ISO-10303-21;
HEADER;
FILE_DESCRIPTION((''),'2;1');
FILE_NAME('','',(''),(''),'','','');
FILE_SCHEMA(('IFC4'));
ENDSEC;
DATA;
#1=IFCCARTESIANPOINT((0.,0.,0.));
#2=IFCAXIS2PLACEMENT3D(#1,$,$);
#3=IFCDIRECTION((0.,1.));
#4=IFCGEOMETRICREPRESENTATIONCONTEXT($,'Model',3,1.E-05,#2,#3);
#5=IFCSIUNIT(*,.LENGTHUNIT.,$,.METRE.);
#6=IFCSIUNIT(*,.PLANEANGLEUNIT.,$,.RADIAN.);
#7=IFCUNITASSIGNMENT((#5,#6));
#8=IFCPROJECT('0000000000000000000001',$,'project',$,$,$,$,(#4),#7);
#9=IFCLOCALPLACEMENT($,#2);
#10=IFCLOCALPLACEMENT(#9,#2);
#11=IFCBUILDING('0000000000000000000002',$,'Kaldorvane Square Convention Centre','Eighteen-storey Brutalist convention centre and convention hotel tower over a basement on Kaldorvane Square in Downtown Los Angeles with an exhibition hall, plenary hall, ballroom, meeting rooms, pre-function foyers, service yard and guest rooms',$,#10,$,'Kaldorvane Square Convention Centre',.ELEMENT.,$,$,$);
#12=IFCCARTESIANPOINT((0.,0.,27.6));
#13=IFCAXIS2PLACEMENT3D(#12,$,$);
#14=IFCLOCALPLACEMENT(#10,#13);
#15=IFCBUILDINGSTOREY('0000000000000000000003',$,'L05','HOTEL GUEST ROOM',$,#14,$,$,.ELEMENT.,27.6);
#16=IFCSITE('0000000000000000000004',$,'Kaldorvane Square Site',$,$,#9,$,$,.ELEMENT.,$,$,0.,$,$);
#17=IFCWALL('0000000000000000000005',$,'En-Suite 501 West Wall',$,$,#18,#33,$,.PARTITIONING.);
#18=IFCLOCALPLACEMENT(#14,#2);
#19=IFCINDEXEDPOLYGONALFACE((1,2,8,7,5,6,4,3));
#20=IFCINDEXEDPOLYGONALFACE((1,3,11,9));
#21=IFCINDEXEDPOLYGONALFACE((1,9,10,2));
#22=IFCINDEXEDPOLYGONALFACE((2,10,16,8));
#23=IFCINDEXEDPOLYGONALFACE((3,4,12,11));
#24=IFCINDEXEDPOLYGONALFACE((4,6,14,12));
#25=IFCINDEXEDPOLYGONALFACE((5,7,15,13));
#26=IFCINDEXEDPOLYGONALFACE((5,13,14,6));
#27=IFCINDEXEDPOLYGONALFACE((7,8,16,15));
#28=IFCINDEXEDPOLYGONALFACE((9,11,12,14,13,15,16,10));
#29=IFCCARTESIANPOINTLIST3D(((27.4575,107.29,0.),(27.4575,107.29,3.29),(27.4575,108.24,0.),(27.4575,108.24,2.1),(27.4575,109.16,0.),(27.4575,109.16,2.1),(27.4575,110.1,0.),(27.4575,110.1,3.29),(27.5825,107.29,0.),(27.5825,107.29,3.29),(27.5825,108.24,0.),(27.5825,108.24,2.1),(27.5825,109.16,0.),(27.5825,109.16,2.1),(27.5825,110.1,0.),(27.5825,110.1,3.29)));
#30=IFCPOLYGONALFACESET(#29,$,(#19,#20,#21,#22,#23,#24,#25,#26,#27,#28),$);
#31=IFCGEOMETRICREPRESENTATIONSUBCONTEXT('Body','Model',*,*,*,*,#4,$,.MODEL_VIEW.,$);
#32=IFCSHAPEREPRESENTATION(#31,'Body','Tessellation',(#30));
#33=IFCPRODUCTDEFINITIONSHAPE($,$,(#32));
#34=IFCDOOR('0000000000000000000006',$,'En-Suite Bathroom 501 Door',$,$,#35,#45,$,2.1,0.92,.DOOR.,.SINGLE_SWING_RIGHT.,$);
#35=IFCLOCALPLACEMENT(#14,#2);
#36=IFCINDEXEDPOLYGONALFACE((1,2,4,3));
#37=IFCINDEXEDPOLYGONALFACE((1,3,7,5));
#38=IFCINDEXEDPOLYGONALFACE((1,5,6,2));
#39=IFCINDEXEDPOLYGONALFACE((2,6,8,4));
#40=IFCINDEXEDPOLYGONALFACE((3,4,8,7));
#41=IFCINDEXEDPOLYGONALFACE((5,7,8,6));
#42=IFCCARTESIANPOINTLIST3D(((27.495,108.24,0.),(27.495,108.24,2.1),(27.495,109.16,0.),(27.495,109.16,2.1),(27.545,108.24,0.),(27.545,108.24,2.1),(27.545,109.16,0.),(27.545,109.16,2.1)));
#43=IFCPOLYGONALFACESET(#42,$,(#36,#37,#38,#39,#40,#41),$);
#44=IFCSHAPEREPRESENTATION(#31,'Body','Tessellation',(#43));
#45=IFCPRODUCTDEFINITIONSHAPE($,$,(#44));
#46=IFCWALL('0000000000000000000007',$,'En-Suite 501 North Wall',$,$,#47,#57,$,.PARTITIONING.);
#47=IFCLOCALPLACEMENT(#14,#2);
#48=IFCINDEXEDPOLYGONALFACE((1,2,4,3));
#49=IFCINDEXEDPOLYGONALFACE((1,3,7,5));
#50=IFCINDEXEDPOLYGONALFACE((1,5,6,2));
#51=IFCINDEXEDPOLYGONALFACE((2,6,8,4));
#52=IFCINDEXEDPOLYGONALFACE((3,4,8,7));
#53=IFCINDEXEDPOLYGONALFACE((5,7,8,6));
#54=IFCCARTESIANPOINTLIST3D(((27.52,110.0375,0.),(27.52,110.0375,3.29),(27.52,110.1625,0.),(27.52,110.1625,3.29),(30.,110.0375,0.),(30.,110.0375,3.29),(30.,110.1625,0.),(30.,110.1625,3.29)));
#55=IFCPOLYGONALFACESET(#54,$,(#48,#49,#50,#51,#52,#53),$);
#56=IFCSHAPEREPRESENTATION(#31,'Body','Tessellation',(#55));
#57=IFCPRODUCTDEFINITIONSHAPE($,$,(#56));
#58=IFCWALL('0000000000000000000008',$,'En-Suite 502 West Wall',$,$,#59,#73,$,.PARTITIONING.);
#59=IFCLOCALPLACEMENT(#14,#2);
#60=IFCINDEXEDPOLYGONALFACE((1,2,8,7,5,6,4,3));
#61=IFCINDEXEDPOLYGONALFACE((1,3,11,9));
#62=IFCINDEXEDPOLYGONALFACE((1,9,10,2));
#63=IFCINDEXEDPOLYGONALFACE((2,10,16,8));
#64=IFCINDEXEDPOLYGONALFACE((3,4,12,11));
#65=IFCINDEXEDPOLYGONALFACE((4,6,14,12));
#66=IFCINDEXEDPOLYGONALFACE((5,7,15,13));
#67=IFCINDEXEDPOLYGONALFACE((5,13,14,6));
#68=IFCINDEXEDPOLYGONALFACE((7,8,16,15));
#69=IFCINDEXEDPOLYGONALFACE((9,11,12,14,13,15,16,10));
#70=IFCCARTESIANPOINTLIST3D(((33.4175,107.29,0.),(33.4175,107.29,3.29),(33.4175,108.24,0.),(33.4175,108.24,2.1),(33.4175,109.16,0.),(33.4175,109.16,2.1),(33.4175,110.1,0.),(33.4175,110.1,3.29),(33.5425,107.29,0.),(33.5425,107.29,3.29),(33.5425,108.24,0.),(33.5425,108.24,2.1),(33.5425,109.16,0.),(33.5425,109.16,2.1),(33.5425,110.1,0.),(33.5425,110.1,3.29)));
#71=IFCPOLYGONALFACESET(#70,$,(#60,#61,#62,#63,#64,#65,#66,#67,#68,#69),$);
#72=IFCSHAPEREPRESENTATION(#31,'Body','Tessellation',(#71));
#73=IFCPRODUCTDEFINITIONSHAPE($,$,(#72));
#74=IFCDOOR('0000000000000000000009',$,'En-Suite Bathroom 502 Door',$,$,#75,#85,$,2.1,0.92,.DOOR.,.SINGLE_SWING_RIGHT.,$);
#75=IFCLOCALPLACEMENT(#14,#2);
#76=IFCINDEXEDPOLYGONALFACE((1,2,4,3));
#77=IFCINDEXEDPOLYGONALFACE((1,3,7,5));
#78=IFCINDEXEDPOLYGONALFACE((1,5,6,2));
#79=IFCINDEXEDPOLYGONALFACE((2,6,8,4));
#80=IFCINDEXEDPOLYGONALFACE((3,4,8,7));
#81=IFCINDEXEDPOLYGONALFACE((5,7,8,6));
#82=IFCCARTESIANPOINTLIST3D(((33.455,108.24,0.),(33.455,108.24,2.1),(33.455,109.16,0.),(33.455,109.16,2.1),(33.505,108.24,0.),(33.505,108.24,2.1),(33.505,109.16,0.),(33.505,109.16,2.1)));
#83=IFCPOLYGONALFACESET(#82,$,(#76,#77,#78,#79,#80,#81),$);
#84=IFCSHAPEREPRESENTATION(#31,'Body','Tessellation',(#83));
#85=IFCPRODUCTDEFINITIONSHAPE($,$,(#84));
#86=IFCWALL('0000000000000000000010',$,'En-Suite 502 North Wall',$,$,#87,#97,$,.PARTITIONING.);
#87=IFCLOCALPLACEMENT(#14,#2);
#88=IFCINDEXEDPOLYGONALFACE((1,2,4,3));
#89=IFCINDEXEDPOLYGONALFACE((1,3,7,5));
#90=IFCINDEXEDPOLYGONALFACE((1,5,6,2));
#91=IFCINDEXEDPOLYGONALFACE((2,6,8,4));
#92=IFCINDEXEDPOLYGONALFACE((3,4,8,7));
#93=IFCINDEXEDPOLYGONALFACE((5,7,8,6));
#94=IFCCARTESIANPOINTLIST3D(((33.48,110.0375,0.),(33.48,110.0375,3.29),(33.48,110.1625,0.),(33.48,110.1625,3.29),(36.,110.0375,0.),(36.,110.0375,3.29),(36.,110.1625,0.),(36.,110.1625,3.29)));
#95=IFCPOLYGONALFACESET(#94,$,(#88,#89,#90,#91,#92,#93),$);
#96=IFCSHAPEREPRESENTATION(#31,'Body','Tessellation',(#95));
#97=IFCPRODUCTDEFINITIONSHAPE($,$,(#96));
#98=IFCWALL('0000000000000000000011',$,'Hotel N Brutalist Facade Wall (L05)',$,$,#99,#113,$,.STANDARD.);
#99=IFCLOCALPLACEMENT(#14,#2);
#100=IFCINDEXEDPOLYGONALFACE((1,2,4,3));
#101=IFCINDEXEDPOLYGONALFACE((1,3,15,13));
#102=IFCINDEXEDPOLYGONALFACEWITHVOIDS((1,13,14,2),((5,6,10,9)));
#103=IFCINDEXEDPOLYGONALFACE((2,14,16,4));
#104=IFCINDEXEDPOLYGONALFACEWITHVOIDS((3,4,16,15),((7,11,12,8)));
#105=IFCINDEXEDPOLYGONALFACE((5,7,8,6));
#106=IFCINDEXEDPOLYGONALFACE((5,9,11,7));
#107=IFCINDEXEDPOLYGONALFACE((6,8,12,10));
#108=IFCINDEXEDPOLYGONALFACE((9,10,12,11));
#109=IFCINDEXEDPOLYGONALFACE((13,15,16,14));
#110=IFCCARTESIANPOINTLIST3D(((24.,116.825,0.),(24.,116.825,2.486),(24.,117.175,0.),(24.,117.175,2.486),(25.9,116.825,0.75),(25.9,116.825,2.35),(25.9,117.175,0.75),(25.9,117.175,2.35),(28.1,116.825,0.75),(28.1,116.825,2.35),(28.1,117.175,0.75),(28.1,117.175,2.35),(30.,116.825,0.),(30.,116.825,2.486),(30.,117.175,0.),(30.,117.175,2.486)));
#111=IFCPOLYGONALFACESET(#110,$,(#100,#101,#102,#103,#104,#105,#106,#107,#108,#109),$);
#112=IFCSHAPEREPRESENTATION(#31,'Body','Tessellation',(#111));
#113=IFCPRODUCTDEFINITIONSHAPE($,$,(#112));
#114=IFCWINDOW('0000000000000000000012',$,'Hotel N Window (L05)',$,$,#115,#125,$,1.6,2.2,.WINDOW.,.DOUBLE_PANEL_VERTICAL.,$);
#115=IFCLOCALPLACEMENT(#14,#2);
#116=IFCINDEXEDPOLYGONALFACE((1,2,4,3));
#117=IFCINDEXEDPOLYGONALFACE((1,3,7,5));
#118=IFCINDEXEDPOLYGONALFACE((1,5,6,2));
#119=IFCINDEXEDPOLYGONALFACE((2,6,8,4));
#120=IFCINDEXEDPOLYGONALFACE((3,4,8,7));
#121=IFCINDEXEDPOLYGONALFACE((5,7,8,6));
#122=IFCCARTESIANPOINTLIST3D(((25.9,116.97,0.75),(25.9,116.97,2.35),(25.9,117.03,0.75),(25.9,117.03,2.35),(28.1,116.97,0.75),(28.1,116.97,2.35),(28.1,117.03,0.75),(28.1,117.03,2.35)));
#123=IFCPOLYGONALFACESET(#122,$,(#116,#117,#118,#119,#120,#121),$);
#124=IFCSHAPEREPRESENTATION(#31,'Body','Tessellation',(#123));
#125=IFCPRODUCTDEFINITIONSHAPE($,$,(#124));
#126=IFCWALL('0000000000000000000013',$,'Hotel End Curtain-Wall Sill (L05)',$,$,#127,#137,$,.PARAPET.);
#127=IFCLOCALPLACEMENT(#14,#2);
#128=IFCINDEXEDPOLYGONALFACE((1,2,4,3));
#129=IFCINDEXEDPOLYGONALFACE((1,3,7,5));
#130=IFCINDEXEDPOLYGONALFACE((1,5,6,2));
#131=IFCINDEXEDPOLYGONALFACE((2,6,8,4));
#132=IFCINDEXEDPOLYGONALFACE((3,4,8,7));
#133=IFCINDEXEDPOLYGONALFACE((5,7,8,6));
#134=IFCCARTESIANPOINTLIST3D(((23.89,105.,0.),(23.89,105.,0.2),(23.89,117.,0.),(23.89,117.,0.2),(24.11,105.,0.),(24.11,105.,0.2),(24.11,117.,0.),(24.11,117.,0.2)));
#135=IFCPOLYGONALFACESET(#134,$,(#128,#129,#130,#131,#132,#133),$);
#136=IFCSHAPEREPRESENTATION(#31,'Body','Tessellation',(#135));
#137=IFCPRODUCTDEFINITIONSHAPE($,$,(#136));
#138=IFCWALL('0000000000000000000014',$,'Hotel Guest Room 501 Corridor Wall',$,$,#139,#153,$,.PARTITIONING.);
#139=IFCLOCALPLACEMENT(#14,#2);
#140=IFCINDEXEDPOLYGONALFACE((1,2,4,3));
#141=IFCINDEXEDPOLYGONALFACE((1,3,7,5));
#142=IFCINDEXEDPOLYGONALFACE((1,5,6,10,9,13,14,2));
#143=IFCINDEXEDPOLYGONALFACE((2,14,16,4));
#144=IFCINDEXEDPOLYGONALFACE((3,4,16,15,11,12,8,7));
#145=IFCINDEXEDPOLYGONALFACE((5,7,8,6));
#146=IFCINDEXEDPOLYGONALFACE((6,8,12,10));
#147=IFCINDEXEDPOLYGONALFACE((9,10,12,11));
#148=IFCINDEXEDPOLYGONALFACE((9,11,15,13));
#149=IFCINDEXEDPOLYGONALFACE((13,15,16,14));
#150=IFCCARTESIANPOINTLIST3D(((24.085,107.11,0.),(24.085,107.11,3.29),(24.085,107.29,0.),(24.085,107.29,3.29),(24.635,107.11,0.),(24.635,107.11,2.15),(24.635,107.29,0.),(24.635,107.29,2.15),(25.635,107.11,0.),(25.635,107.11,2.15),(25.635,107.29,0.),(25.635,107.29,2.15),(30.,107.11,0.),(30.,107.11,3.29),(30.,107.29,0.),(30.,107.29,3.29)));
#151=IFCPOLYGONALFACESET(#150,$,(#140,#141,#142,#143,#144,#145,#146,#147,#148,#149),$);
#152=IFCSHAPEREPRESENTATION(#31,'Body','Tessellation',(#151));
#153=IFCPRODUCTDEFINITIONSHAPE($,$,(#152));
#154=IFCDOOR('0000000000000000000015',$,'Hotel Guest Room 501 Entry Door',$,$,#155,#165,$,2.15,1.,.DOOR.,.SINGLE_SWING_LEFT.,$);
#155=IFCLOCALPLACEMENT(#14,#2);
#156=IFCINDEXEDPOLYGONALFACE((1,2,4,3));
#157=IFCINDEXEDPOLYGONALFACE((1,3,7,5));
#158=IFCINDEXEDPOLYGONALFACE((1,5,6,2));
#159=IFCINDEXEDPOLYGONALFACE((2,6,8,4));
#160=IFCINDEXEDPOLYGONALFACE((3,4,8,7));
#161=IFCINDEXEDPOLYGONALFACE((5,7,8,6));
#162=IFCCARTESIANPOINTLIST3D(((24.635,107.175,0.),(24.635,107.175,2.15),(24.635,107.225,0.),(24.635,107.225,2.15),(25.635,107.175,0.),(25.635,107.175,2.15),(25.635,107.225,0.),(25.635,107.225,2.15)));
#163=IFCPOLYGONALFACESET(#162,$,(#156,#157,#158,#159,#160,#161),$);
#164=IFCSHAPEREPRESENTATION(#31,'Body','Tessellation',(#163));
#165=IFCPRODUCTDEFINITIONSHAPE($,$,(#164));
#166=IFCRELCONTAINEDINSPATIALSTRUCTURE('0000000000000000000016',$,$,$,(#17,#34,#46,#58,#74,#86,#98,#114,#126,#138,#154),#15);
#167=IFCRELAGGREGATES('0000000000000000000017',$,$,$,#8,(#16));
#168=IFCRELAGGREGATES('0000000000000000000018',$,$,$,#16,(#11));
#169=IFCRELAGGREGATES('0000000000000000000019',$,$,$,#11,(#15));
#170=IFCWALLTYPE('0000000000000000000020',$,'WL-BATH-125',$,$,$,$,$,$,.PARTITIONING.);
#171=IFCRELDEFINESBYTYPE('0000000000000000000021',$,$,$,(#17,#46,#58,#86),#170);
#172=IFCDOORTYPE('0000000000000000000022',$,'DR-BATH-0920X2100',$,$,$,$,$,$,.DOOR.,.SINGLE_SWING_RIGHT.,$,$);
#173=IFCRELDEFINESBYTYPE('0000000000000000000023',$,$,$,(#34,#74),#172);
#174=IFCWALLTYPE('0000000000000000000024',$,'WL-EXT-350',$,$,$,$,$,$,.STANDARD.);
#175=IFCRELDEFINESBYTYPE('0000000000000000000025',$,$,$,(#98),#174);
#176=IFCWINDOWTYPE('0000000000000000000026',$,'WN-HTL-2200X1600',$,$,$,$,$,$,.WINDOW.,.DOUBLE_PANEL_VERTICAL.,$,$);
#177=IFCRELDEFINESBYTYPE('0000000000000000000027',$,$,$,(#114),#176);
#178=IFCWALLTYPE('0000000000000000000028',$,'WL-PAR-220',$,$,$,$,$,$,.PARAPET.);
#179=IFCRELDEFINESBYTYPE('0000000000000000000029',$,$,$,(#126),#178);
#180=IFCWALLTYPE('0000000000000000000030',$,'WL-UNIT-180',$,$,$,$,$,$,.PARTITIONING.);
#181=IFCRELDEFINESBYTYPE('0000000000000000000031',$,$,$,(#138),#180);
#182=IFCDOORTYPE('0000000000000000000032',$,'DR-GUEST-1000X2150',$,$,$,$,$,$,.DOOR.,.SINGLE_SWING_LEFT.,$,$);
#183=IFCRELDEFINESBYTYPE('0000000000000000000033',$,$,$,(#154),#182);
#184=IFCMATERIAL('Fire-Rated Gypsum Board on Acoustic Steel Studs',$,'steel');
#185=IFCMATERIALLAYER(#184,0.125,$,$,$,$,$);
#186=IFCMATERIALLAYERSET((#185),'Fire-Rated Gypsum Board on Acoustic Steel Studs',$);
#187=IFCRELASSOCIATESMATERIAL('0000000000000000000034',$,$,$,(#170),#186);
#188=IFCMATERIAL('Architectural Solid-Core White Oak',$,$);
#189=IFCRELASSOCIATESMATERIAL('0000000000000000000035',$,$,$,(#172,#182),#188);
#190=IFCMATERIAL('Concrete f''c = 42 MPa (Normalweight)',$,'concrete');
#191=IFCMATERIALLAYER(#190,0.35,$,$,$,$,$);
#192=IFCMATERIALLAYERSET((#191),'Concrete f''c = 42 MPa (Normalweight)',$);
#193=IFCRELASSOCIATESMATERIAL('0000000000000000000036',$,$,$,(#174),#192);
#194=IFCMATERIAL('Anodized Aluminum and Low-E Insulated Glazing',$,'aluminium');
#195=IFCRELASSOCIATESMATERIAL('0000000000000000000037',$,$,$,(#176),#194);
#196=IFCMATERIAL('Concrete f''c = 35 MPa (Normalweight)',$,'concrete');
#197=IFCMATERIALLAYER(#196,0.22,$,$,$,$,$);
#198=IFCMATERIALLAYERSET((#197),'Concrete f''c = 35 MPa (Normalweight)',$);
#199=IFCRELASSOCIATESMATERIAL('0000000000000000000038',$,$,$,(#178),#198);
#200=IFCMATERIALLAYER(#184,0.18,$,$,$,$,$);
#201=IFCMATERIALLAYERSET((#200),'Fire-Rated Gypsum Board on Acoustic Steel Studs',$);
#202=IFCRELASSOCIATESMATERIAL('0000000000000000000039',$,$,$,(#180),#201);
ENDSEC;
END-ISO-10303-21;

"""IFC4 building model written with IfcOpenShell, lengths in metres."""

from ifc_helpers import new_model, si_unit, direction, frame, frame_2d, origin, place, context, subcontext, project, spatial, rectangle, extrude, material, layer, layer_set, type_object, element, fill, save


model = new_model("IFC4")

# Units and contexts
model_context = context("Model", 3, precision=1e-05, world=origin(), true_north=direction((0.0, 1.0)))
body_context = subcontext(model_context, "Body", "Model", "MODEL_VIEW")
ifc_project = project(units=[si_unit("LENGTHUNIT", "METRE"), si_unit("PLANEANGLEUNIT", "RADIAN")], contexts=[model_context])

# Site, building, storey
site_placement = place(None, origin())
site = spatial("IfcSite", under=ifc_project, at=site_placement, Name="Kaldorvane Square Site", CompositionType="ELEMENT", RefElevation=0.0)
building_placement = place(site_placement, origin())
building = spatial("IfcBuilding", under=site, at=building_placement, Name="Kaldorvane Square Convention Centre", Description="Eighteen-storey Brutalist convention centre and convention hotel tower over a basement on Kaldorvane Square in Downtown Los Angeles with an exhibition hall, plenary hall, ballroom, meeting rooms, pre-function foyers, service yard and guest rooms", LongName="Kaldorvane Square Convention Centre", CompositionType="ELEMENT")
storey_placement = place(building_placement, frame((0.0, 0.0, 27.6)))
storey = spatial("IfcBuildingStorey", under=building, at=storey_placement, Name="L05", Description="HOTEL GUEST ROOM", CompositionType="ELEMENT", Elevation=27.6)

# Shared definitions
ifc_material_1 = material(Name="Concrete f'c = 42 MPa (Normalweight)", Category="concrete")

# Wall, opening, door
ifc_material_2 = material(Name="Fire-Rated Gypsum Board on Acoustic Steel Studs", Category="steel")
ifc_layer_1 = layer(ifc_material_2, 0.125)
ifc_layer_set_1 = layer_set([ifc_layer_1], Name="Fire-Rated Gypsum Board on Acoustic Steel Studs")
wall_type_1 = type_object("IfcWallType", Name="WL-BATH-125", PredefinedType="PARTITIONING", material=ifc_layer_set_1)
wall_1_placement = place(storey_placement, frame((27.52, 107.29, 0.0), z_axis=(0.0, 0.0, 1.0), x_axis=(0.0, 1.0, 0.0)))
wall_1 = element("IfcWall", 1, at=wall_1_placement, inside=storey, type_object=wall_type_1, Name="En-Suite 501 West Wall", PredefinedType="PARTITIONING", context=body_context, shape_type="SweptSolid", body=[
    extrude(rectangle(XDim=2.81, YDim=0.125, at=frame_2d((1.405, 0.0))), origin(), (0.0, 0.0, 1.0), 3.29),
])
opening_1_placement = place(wall_1_placement, frame((0.95, 0.0, 0.0)))
opening_1 = element("IfcOpeningElement", 2, at=opening_1_placement, cuts=wall_1, PredefinedType="OPENING", context=body_context, shape_type="SweptSolid", body=[
    extrude(rectangle(XDim=0.92, YDim=2.1, at=frame_2d((0.46, 1.05))), frame((0.0, 0.0775, 0.0), z_axis=(0.0, -1.0, 0.0), x_axis=(1.0, 0.0, 0.0)), (0.0, 0.0, 1.0), 0.155),
])
ifc_material_3 = material(Name="Architectural Solid-Core White Oak")
door_type_1 = type_object("IfcDoorType", Name="DR-BATH-0920X2100", OperationType="SINGLE_SWING_RIGHT", PredefinedType="DOOR", material=ifc_material_3)
door_1_placement = place(opening_1_placement, origin())
door_1 = element("IfcDoor", 3, at=door_1_placement, inside=storey, type_object=door_type_1, Name="En-Suite Bathroom 501 Door", OperationType="SINGLE_SWING_RIGHT", OverallHeight=2.1, OverallWidth=0.92, PredefinedType="DOOR", context=body_context, shape_type="SweptSolid", body=[
    extrude(rectangle(XDim=0.92, YDim=2.1, at=frame_2d((0.46, 1.05))), frame((0.0, 0.025, 0.0), z_axis=(0.0, -1.0, 0.0), x_axis=(1.0, 0.0, 0.0)), (0.0, 0.0, 1.0), 0.05),
])
fill(opening_1, door_1)

# Wall
wall_2_placement = place(storey_placement, frame((27.52, 110.1, 0.0), z_axis=(0.0, 0.0, 1.0), x_axis=(1.0, 0.0, 0.0)))
element("IfcWall", 4, at=wall_2_placement, inside=storey, type_object=wall_type_1, Name="En-Suite 501 North Wall", PredefinedType="PARTITIONING", context=body_context, shape_type="SweptSolid", body=[
    extrude(rectangle(XDim=2.48, YDim=0.125, at=frame_2d((1.24, 0.0))), origin(), (0.0, 0.0, 1.0), 3.29),
])

# Wall, opening, door
wall_3_placement = place(storey_placement, frame((33.48, 107.29, 0.0), z_axis=(0.0, 0.0, 1.0), x_axis=(0.0, 1.0, 0.0)))
wall_3 = element("IfcWall", 5, at=wall_3_placement, inside=storey, type_object=wall_type_1, Name="En-Suite 502 West Wall", PredefinedType="PARTITIONING", context=body_context, shape_type="SweptSolid", body=[
    extrude(rectangle(XDim=2.81, YDim=0.125, at=frame_2d((1.405, 0.0))), origin(), (0.0, 0.0, 1.0), 3.29),
])
opening_2_placement = place(wall_3_placement, frame((0.95, 0.0, 0.0)))
opening_2 = element("IfcOpeningElement", 6, at=opening_2_placement, cuts=wall_3, PredefinedType="OPENING", context=body_context, shape_type="SweptSolid", body=[
    extrude(rectangle(XDim=0.92, YDim=2.1, at=frame_2d((0.46, 1.05))), frame((0.0, 0.0775, 0.0), z_axis=(0.0, -1.0, 0.0), x_axis=(1.0, 0.0, 0.0)), (0.0, 0.0, 1.0), 0.155),
])
door_2_placement = place(opening_2_placement, origin())
door_2 = element("IfcDoor", 7, at=door_2_placement, inside=storey, type_object=door_type_1, Name="En-Suite Bathroom 502 Door", OperationType="SINGLE_SWING_RIGHT", OverallHeight=2.1, OverallWidth=0.92, PredefinedType="DOOR", context=body_context, shape_type="SweptSolid", body=[
    extrude(rectangle(XDim=0.92, YDim=2.1, at=frame_2d((0.46, 1.05))), frame((0.0, 0.025, 0.0), z_axis=(0.0, -1.0, 0.0), x_axis=(1.0, 0.0, 0.0)), (0.0, 0.0, 1.0), 0.05),
])
fill(opening_2, door_2)

# Wall
wall_4_placement = place(storey_placement, frame((33.48, 110.1, 0.0), z_axis=(0.0, 0.0, 1.0), x_axis=(1.0, 0.0, 0.0)))
element("IfcWall", 8, at=wall_4_placement, inside=storey, type_object=wall_type_1, Name="En-Suite 502 North Wall", PredefinedType="PARTITIONING", context=body_context, shape_type="SweptSolid", body=[
    extrude(rectangle(XDim=2.52, YDim=0.125, at=frame_2d((1.26, 0.0))), origin(), (0.0, 0.0, 1.0), 3.29),
])

# Wall, opening, window
ifc_layer_2 = layer(ifc_material_1, 0.35)
ifc_layer_set_2 = layer_set([ifc_layer_2], Name="Concrete f'c = 42 MPa (Normalweight)")
wall_type_2 = type_object("IfcWallType", Name="WL-EXT-350", PredefinedType="STANDARD", material=ifc_layer_set_2)
wall_5_placement = place(storey_placement, frame((30.0, 117.0, 0.0), z_axis=(0.0, 0.0, 1.0), x_axis=(-1.0, 0.0, 0.0)))
wall_5 = element("IfcWall", 9, at=wall_5_placement, inside=storey, type_object=wall_type_2, Name="Hotel N Brutalist Facade Wall (L05)", PredefinedType="STANDARD", context=body_context, shape_type="SweptSolid", body=[
    extrude(rectangle(XDim=6.0, YDim=0.35, at=frame_2d((3.0, 0.0))), origin(), (0.0, 0.0, 1.0), 2.486),
])
opening_3_placement = place(wall_5_placement, frame((1.9, 0.0, 0.75)))
opening_3 = element("IfcOpeningElement", 10, at=opening_3_placement, cuts=wall_5, PredefinedType="OPENING", context=body_context, shape_type="SweptSolid", body=[
    extrude(rectangle(XDim=2.2, YDim=1.6, at=frame_2d((1.1, 0.8))), frame((0.0, 0.19, 0.0), z_axis=(0.0, -1.0, 0.0), x_axis=(1.0, 0.0, 0.0)), (0.0, 0.0, 1.0), 0.38),
])
ifc_material_4 = material(Name="Anodized Aluminum and Low-E Insulated Glazing", Category="aluminium")
window_type = type_object("IfcWindowType", Name="WN-HTL-2200X1600", PartitioningType="DOUBLE_PANEL_VERTICAL", PredefinedType="WINDOW", material=ifc_material_4)
window_placement = place(opening_3_placement, origin())
window = element("IfcWindow", 11, at=window_placement, inside=storey, type_object=window_type, Name="Hotel N Window (L05)", OverallHeight=1.6, OverallWidth=2.2, PartitioningType="DOUBLE_PANEL_VERTICAL", PredefinedType="WINDOW", context=body_context, shape_type="SweptSolid", body=[
    extrude(rectangle(XDim=2.2, YDim=1.6, at=frame_2d((1.1, 0.8))), frame((0.0, 0.03, 0.0), z_axis=(0.0, -1.0, 0.0), x_axis=(1.0, 0.0, 0.0)), (0.0, 0.0, 1.0), 0.06),
])
fill(opening_3, window)

# Wall
ifc_material_5 = material(Name="Concrete f'c = 35 MPa (Normalweight)", Category="concrete")
ifc_layer_3 = layer(ifc_material_5, 0.22)
ifc_layer_set_3 = layer_set([ifc_layer_3], Name="Concrete f'c = 35 MPa (Normalweight)")
wall_type_3 = type_object("IfcWallType", Name="WL-PAR-220", PredefinedType="PARAPET", material=ifc_layer_set_3)
wall_6_placement = place(storey_placement, frame((24.0, 117.0, 0.0), z_axis=(0.0, 0.0, 1.0), x_axis=(0.0, -1.0, 0.0)))
element("IfcWall", 12, at=wall_6_placement, inside=storey, type_object=wall_type_3, Name="Hotel End Curtain-Wall Sill (L05)", PredefinedType="PARAPET", context=body_context, shape_type="SweptSolid", body=[
    extrude(rectangle(XDim=12.0, YDim=0.22, at=frame_2d((6.0, 0.0))), origin(), (0.0, 0.0, 1.0), 0.2),
])

# Wall, opening, door
ifc_layer_4 = layer(ifc_material_2, 0.18)
ifc_layer_set_4 = layer_set([ifc_layer_4], Name="Fire-Rated Gypsum Board on Acoustic Steel Studs")
wall_type_4 = type_object("IfcWallType", Name="WL-UNIT-180", PredefinedType="PARTITIONING", material=ifc_layer_set_4)
wall_7_placement = place(storey_placement, frame((24.085, 107.2, 0.0), z_axis=(0.0, 0.0, 1.0), x_axis=(1.0, 0.0, 0.0)))
wall_7 = element("IfcWall", 13, at=wall_7_placement, inside=storey, type_object=wall_type_4, Name="Hotel Guest Room 501 Corridor Wall", PredefinedType="PARTITIONING", context=body_context, shape_type="SweptSolid", body=[
    extrude(rectangle(XDim=5.915, YDim=0.18, at=frame_2d((2.9575, 0.0))), origin(), (0.0, 0.0, 1.0), 3.29),
])
opening_4_placement = place(wall_7_placement, frame((0.55, 0.0, 0.0)))
opening_4 = element("IfcOpeningElement", 14, at=opening_4_placement, cuts=wall_7, PredefinedType="OPENING", context=body_context, shape_type="SweptSolid", body=[
    extrude(rectangle(XDim=1.0, YDim=2.15, at=frame_2d((0.5, 1.075))), frame((0.0, 0.105, 0.0), z_axis=(0.0, -1.0, 0.0), x_axis=(1.0, 0.0, 0.0)), (0.0, 0.0, 1.0), 0.21),
])
door_type_2 = type_object("IfcDoorType", Name="DR-GUEST-1000X2150", OperationType="SINGLE_SWING_LEFT", PredefinedType="DOOR", material=ifc_material_3)
door_3_placement = place(opening_4_placement, origin())
door_3 = element("IfcDoor", 15, at=door_3_placement, inside=storey, type_object=door_type_2, Name="Hotel Guest Room 501 Entry Door", OperationType="SINGLE_SWING_LEFT", OverallHeight=2.15, OverallWidth=1.0, PredefinedType="DOOR", context=body_context, shape_type="SweptSolid", body=[
    extrude(rectangle(XDim=1.0, YDim=2.15, at=frame_2d((0.5, 1.075))), frame((0.0, 0.025, 0.0), z_axis=(0.0, -1.0, 0.0), x_axis=(1.0, 0.0, 0.0)), (0.0, 0.0, 1.0), 0.05),
])
fill(opening_4, door_3)

save(model, "model.ifc")
